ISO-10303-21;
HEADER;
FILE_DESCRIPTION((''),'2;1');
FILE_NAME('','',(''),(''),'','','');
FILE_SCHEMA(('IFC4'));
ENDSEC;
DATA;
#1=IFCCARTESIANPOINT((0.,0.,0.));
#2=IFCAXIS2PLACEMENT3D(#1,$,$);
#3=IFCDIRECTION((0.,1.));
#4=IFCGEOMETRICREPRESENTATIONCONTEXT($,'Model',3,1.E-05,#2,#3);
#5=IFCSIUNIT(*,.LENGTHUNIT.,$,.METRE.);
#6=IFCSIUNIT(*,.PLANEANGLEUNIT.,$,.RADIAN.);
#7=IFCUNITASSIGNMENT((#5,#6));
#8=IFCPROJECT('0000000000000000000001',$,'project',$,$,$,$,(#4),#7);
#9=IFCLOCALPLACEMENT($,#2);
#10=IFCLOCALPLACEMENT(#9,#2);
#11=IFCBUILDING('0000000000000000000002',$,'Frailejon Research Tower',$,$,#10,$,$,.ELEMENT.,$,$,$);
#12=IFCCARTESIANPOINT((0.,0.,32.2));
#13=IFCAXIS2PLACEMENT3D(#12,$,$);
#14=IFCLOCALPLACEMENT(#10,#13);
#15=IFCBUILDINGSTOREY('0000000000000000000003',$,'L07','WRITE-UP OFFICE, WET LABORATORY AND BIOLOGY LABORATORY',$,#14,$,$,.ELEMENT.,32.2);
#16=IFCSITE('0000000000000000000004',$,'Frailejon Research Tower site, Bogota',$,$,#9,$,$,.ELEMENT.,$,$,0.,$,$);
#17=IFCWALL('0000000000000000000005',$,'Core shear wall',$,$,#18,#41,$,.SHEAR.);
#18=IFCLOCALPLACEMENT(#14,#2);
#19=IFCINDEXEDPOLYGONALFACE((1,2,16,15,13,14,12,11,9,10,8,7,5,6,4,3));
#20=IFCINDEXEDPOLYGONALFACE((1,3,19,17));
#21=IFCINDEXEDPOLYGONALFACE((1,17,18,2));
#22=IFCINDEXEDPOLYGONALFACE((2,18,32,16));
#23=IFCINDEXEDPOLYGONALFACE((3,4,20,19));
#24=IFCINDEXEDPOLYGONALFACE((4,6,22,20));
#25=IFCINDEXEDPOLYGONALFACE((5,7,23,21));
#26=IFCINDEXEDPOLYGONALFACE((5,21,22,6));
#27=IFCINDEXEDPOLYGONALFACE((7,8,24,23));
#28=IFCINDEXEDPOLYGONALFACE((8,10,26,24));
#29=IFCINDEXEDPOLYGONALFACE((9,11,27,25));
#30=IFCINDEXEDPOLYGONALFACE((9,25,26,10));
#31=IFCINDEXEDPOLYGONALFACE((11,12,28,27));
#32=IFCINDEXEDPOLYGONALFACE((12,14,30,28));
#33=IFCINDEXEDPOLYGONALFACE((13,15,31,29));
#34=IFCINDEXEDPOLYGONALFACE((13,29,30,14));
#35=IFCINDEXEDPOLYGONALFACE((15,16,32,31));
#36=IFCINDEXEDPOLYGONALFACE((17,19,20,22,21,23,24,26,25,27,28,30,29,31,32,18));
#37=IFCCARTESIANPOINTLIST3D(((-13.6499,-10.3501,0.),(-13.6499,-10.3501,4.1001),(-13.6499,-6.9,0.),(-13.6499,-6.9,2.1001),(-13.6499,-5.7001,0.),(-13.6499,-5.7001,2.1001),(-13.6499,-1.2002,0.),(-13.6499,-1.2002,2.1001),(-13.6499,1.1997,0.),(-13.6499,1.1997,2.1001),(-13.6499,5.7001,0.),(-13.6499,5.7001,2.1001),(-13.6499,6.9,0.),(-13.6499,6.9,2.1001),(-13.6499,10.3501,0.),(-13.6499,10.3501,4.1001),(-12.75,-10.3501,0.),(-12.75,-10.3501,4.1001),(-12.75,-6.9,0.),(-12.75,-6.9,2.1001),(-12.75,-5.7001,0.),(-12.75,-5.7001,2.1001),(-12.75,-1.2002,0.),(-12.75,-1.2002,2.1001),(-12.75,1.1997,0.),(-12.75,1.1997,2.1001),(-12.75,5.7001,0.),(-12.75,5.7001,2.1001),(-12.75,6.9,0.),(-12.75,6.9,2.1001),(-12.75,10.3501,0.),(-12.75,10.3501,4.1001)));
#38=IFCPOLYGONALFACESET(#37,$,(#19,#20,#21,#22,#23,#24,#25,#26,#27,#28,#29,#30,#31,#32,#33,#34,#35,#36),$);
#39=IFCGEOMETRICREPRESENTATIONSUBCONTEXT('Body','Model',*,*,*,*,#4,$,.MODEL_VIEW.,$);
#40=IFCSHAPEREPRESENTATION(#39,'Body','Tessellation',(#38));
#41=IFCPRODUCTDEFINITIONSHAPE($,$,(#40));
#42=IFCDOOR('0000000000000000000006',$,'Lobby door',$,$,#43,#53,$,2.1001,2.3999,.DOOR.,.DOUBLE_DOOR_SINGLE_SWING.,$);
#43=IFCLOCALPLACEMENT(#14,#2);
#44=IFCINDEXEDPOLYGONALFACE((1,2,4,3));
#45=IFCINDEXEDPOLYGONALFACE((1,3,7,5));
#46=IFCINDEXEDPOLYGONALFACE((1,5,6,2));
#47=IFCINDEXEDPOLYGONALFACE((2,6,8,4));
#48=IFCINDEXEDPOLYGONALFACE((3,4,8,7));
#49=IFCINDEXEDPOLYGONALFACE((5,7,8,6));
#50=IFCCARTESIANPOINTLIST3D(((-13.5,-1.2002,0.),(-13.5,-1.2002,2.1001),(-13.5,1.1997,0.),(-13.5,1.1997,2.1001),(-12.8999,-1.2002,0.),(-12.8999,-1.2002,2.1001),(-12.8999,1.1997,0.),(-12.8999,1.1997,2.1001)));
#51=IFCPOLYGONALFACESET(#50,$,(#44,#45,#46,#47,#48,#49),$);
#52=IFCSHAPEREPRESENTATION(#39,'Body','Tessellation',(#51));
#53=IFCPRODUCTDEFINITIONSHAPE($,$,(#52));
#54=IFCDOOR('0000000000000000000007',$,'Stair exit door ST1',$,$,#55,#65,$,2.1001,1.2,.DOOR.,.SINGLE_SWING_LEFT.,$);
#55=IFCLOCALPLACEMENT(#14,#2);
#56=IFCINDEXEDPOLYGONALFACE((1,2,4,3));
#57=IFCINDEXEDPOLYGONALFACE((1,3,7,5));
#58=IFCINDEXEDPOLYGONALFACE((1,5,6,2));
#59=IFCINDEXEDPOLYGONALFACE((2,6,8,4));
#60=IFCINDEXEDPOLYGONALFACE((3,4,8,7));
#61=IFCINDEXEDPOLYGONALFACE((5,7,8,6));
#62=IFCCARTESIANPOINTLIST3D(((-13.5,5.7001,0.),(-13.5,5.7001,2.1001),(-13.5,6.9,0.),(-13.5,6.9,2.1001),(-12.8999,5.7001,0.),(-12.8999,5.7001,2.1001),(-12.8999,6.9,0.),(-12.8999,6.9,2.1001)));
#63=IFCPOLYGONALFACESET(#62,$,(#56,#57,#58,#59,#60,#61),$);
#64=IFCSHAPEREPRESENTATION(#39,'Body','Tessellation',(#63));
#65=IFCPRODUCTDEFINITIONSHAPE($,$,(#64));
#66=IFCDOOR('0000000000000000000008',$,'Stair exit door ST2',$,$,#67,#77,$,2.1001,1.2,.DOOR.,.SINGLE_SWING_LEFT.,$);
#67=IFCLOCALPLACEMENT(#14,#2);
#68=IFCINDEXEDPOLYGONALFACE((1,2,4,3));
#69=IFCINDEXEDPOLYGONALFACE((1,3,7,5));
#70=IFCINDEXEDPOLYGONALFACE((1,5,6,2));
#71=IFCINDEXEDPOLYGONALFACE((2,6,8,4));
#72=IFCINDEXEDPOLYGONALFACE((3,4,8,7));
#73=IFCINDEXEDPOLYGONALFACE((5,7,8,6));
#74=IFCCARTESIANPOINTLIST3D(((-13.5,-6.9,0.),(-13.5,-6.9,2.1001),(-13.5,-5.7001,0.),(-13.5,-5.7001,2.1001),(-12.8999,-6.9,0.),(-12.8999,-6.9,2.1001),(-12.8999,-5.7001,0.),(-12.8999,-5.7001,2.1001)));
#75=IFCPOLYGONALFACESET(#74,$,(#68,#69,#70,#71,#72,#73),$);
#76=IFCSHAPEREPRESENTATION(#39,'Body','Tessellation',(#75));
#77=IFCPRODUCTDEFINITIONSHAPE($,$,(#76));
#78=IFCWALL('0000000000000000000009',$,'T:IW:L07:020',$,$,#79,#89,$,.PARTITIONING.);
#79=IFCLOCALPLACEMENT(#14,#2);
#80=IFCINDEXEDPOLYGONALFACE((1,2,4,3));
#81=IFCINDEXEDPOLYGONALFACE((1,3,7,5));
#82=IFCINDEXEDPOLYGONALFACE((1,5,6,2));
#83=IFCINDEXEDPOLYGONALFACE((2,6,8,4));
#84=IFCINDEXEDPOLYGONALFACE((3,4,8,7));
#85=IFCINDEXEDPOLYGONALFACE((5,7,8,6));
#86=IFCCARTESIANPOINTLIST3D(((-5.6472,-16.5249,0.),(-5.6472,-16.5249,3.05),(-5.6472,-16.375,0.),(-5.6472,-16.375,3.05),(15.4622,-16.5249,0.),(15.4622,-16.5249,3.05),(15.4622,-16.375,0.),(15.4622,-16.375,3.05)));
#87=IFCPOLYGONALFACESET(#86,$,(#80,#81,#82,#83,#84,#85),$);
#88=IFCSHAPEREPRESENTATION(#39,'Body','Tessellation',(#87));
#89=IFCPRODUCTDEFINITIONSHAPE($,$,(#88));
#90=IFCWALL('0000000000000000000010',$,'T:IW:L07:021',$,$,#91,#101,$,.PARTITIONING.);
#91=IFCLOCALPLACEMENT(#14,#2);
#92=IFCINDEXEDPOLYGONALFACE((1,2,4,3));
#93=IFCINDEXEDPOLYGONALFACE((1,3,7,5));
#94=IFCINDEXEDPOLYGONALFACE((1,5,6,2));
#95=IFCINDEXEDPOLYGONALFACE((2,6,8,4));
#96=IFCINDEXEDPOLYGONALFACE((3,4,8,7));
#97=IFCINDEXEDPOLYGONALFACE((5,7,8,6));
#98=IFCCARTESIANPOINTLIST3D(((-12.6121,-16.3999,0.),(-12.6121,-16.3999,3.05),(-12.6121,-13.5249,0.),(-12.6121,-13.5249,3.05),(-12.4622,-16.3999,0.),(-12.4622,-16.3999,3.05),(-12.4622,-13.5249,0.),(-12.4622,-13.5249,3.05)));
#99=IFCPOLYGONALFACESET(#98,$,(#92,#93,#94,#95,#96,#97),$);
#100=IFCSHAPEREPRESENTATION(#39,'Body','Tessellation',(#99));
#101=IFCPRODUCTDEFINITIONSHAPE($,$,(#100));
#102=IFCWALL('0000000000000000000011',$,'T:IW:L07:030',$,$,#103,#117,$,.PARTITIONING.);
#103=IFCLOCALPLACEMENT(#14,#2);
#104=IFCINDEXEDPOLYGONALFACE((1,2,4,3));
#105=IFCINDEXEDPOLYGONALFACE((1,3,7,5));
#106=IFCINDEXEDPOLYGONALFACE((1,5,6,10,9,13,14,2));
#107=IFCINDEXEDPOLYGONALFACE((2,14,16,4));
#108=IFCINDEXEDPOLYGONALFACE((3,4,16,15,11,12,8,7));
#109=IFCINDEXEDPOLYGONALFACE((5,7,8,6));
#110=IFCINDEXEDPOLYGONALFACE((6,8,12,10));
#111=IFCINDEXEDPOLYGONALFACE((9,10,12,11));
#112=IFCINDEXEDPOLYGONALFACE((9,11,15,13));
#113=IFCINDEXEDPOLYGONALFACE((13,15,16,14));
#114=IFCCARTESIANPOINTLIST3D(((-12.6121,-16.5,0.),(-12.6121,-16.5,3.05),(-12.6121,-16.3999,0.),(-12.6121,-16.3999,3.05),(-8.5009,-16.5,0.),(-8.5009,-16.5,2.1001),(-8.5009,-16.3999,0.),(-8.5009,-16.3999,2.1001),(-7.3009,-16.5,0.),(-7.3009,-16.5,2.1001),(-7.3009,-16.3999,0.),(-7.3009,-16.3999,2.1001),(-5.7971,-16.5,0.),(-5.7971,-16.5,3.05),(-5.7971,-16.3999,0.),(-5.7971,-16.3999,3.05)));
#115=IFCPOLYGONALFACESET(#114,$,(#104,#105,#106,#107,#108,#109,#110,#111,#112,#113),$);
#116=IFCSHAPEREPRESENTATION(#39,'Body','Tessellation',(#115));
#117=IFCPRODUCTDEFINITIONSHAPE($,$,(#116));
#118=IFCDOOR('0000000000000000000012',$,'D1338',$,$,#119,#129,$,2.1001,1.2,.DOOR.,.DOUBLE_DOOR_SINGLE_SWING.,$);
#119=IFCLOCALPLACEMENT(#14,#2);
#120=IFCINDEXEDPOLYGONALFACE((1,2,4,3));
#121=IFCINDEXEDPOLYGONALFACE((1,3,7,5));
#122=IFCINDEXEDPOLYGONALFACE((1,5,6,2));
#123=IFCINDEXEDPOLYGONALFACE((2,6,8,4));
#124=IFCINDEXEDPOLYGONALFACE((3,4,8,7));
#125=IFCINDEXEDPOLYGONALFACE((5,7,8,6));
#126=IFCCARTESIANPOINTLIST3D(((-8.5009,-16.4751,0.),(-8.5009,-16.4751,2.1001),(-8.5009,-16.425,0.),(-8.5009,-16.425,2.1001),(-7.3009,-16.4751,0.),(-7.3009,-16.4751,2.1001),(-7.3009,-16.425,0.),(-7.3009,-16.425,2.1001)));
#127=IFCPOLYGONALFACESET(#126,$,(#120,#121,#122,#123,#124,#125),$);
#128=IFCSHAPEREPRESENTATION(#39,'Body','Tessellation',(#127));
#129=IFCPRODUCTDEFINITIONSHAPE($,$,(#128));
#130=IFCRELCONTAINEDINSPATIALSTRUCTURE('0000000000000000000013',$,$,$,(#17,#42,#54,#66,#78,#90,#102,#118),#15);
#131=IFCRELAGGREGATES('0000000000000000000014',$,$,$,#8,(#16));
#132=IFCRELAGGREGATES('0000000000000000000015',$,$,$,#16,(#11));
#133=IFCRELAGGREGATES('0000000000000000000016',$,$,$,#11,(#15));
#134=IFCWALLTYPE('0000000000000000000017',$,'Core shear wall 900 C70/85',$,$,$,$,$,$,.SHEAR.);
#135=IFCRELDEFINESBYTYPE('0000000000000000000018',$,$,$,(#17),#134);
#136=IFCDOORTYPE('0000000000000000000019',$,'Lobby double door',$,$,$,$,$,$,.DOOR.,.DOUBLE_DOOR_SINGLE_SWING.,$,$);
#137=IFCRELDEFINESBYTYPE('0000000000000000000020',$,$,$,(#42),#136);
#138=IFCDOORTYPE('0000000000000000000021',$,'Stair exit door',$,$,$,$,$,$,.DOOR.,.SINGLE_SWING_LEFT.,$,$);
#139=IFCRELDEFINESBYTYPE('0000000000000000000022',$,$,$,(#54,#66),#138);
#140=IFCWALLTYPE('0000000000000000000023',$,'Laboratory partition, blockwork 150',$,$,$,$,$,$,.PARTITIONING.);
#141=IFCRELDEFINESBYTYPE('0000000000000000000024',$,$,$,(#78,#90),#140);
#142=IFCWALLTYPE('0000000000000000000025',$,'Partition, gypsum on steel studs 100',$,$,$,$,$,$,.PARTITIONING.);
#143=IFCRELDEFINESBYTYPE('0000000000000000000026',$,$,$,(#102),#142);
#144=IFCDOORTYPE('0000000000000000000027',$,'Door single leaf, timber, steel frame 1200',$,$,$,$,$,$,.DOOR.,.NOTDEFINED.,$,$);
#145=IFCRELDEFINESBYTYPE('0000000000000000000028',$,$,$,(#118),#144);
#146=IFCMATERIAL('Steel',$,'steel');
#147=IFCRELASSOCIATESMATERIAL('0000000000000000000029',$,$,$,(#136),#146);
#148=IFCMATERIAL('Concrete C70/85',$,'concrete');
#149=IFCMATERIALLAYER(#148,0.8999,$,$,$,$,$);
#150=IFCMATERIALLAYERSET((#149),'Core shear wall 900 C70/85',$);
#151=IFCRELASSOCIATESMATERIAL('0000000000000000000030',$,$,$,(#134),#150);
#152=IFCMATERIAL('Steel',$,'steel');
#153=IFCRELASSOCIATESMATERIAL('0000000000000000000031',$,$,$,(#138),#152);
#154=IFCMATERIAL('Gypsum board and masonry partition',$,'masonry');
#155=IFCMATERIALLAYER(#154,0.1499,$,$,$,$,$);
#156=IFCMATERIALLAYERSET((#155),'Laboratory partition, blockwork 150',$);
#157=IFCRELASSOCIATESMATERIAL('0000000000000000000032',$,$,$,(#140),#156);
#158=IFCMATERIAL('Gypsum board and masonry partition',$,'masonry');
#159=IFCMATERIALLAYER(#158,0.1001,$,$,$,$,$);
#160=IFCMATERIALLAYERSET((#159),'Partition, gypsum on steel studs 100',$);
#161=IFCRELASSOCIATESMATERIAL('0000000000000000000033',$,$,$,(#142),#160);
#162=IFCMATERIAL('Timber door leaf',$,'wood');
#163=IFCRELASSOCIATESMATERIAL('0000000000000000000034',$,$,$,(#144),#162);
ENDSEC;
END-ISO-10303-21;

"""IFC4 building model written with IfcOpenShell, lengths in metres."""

from ifc_helpers import new_model, si_unit, direction, frame, frame_2d, origin, place, context, subcontext, project, spatial, rectangle, extrude, material, layer, layer_set, type_object, element, fill, save


model = new_model("IFC4")

# Units and contexts
model_context = context("Model", 3, precision=1e-05, world=origin(), true_north=direction((0.0, 1.0)))
body_context = subcontext(model_context, "Body", "Model", "MODEL_VIEW")
ifc_project = project(units=[si_unit("LENGTHUNIT", "METRE"), si_unit("PLANEANGLEUNIT", "RADIAN")], contexts=[model_context])

# Site, building, storey
site_placement = place(None, origin())
site = spatial("IfcSite", under=ifc_project, at=site_placement, Name="Frailejon Research Tower site, Bogota", CompositionType="ELEMENT", RefElevation=0.0)
building_placement = place(site_placement, origin())
building = spatial("IfcBuilding", under=site, at=building_placement, Name="Frailejon Research Tower", CompositionType="ELEMENT")
storey_placement = place(building_placement, frame((0.0, 0.0, 32.2)))
storey = spatial("IfcBuildingStorey", under=building, at=storey_placement, Name="L07", Description="WRITE-UP OFFICE, WET LABORATORY AND BIOLOGY LABORATORY", CompositionType="ELEMENT", Elevation=32.2)

# Shared definitions
ifc_material_1 = material(Name="Steel", Category="steel")
door_type_1 = type_object("IfcDoorType", Name="Lobby double door", OperationType="DOUBLE_DOOR_SINGLE_SWING", PredefinedType="DOOR", material=ifc_material_1)

# Wall, openings, doors
ifc_material_2 = material(Name="Concrete C70/85", Category="concrete")
ifc_layer_1 = layer(ifc_material_2, 0.8999)
ifc_layer_set_1 = layer_set([ifc_layer_1], Name="Core shear wall 900 C70/85")
wall_type_1 = type_object("IfcWallType", Name="Core shear wall 900 C70/85", PredefinedType="SHEAR", material=ifc_layer_set_1)
wall_1_placement = place(storey_placement, frame((-13.2, -10.3501, 0.0), z_axis=(0.0, 0.0, 1.0), x_axis=(0.0, 1.0, 0.0)))
wall_1 = element("IfcWall", 1, at=wall_1_placement, inside=storey, type_object=wall_type_1, Name="Core shear wall", PredefinedType="SHEAR", context=body_context, shape_type="SweptSolid", body=[
    extrude(rectangle(XDim=20.7002, YDim=0.8999, at=frame_2d((10.3501, 0.0))), origin(), (0.0, 0.0, 1.0), 4.1001),
])
opening_1_placement = place(wall_1_placement, frame((9.1499, 0.0, 0.0)))
opening_1 = element("IfcOpeningElement", 2, at=opening_1_placement, cuts=wall_1, PredefinedType="OPENING", context=body_context, shape_type="SweptSolid", body=[
    extrude(rectangle(XDim=2.3999, YDim=2.1001, at=frame_2d((1.2, 1.05))), frame((0.0, 0.46, 0.0), z_axis=(0.0, -1.0, 0.0), x_axis=(1.0, 0.0, 0.0)), (0.0, 0.0, 1.0), 0.9199),
])
opening_2_placement = place(wall_1_placement, frame((16.05, 0.0, 0.0)))
opening_2 = element("IfcOpeningElement", 3, at=opening_2_placement, cuts=wall_1, PredefinedType="OPENING", context=body_context, shape_type="SweptSolid", body=[
    extrude(rectangle(XDim=1.2, YDim=2.1001, at=frame_2d((0.6001, 1.05))), frame((0.0, 0.46, 0.0), z_axis=(0.0, -1.0, 0.0), x_axis=(1.0, 0.0, 0.0)), (0.0, 0.0, 1.0), 0.9199),
])
opening_3_placement = place(wall_1_placement, frame((3.45, 0.0, 0.0)))
opening_3 = element("IfcOpeningElement", 4, at=opening_3_placement, cuts=wall_1, PredefinedType="OPENING", context=body_context, shape_type="SweptSolid", body=[
    extrude(rectangle(XDim=1.2, YDim=2.1001, at=frame_2d((0.6001, 1.05))), frame((0.0, 0.46, 0.0), z_axis=(0.0, -1.0, 0.0), x_axis=(1.0, 0.0, 0.0)), (0.0, 0.0, 1.0), 0.9199),
])
door_1_placement = place(opening_1_placement, origin())
door_1 = element("IfcDoor", 5, at=door_1_placement, inside=storey, type_object=door_type_1, Name="Lobby door", OperationType="DOUBLE_DOOR_SINGLE_SWING", OverallHeight=2.1001, OverallWidth=2.3999, PredefinedType="DOOR", context=body_context, shape_type="SweptSolid", body=[
    extrude(rectangle(XDim=2.3999, YDim=2.1001, at=frame_2d((1.2, 1.05))), frame((0.0, 0.3, 0.0), z_axis=(0.0, -1.0, 0.0), x_axis=(1.0, 0.0, 0.0)), (0.0, 0.0, 1.0), 0.6001),
])
fill(opening_1, door_1)
ifc_material_3 = material(Name="Steel", Category="steel")
door_type_2 = type_object("IfcDoorType", Name="Stair exit door", OperationType="SINGLE_SWING_LEFT", PredefinedType="DOOR", material=ifc_material_3)
door_2_placement = place(opening_2_placement, origin())
door_2 = element("IfcDoor", 6, at=door_2_placement, inside=storey, type_object=door_type_2, Name="Stair exit door ST1", OperationType="SINGLE_SWING_LEFT", OverallHeight=2.1001, OverallWidth=1.2, PredefinedType="DOOR", context=body_context, shape_type="SweptSolid", body=[
    extrude(rectangle(XDim=1.2, YDim=2.1001, at=frame_2d((0.6001, 1.05))), frame((0.0, 0.3, 0.0), z_axis=(0.0, -1.0, 0.0), x_axis=(1.0, 0.0, 0.0)), (0.0, 0.0, 1.0), 0.6001),
])
fill(opening_2, door_2)
door_3_placement = place(opening_3_placement, origin())
door_3 = element("IfcDoor", 7, at=door_3_placement, inside=storey, type_object=door_type_2, Name="Stair exit door ST2", OperationType="SINGLE_SWING_LEFT", OverallHeight=2.1001, OverallWidth=1.2, PredefinedType="DOOR", context=body_context, shape_type="SweptSolid", body=[
    extrude(rectangle(XDim=1.2, YDim=2.1001, at=frame_2d((0.6001, 1.05))), frame((0.0, 0.3, 0.0), z_axis=(0.0, -1.0, 0.0), x_axis=(1.0, 0.0, 0.0)), (0.0, 0.0, 1.0), 0.6001),
])
fill(opening_3, door_3)

# Walls
ifc_material_4 = material(Name="Gypsum board and masonry partition", Category="masonry")
ifc_layer_2 = layer(ifc_material_4, 0.1499)
ifc_layer_set_2 = layer_set([ifc_layer_2], Name="Laboratory partition, blockwork 150")
wall_type_2 = type_object("IfcWallType", Name="Laboratory partition, blockwork 150", PredefinedType="PARTITIONING", material=ifc_layer_set_2)
wall_2_placement = place(storey_placement, frame((-5.6472, -16.45, 0.0), z_axis=(0.0, 0.0, 1.0), x_axis=(1.0, 0.0, 0.0)))
element("IfcWall", 8, at=wall_2_placement, inside=storey, type_object=wall_type_2, Name="T:IW:L07:020", PredefinedType="PARTITIONING", context=body_context, shape_type="SweptSolid", body=[
    extrude(rectangle(XDim=21.1094, YDim=0.1499, at=frame_2d((10.5547, 0.0))), origin(), (0.0, 0.0, 1.0), 3.05),
])
wall_3_placement = place(storey_placement, frame((-12.5371, -16.3999, 0.0), z_axis=(0.0, 0.0, 1.0), x_axis=(0.0, 1.0, 0.0)))
element("IfcWall", 9, at=wall_3_placement, inside=storey, type_object=wall_type_2, Name="T:IW:L07:021", PredefinedType="PARTITIONING", context=body_context, shape_type="SweptSolid", body=[
    extrude(rectangle(XDim=2.875, YDim=0.1499, at=frame_2d((1.4375, 0.0))), origin(), (0.0, 0.0, 1.0), 3.05),
])

# Wall, opening, door
ifc_material_5 = material(Name="Gypsum board and masonry partition", Category="masonry")
ifc_layer_3 = layer(ifc_material_5, 0.1001)
ifc_layer_set_3 = layer_set([ifc_layer_3], Name="Partition, gypsum on steel studs 100")
wall_type_3 = type_object("IfcWallType", Name="Partition, gypsum on steel studs 100", PredefinedType="PARTITIONING", material=ifc_layer_set_3)
wall_4_placement = place(storey_placement, frame((-12.6121, -16.45, 0.0), z_axis=(0.0, 0.0, 1.0), x_axis=(1.0, 0.0, 0.0)))
wall_4 = element("IfcWall", 10, at=wall_4_placement, inside=storey, type_object=wall_type_3, Name="T:IW:L07:030", PredefinedType="PARTITIONING", context=body_context, shape_type="SweptSolid", body=[
    extrude(rectangle(XDim=6.8149, YDim=0.1001, at=frame_2d((3.4075, 0.0))), origin(), (0.0, 0.0, 1.0), 3.05),
])
opening_4_placement = place(wall_4_placement, frame((4.1111, 0.0, 0.0)))
opening_4 = element("IfcOpeningElement", 11, at=opening_4_placement, cuts=wall_4, PredefinedType="OPENING", context=body_context, shape_type="SweptSolid", body=[
    extrude(rectangle(XDim=1.2, YDim=2.1001, at=frame_2d((0.6001, 1.05))), frame((0.0, 0.0601, 0.0), z_axis=(0.0, -1.0, 0.0), x_axis=(1.0, 0.0, 0.0)), (0.0, 0.0, 1.0), 0.1201),
])
ifc_material_6 = material(Name="Timber door leaf", Category="wood")
door_type_3 = type_object("IfcDoorType", Name="Door single leaf, timber, steel frame 1200", OperationType="NOTDEFINED", PredefinedType="DOOR", material=ifc_material_6)
door_4_placement = place(opening_4_placement, origin())
door_4 = element("IfcDoor", 12, at=door_4_placement, inside=storey, type_object=door_type_3, Name="D1338", OperationType="DOUBLE_DOOR_SINGLE_SWING", OverallHeight=2.1001, OverallWidth=1.2, PredefinedType="DOOR", context=body_context, shape_type="SweptSolid", body=[
    extrude(rectangle(XDim=1.2, YDim=2.1001, at=frame_2d((0.6001, 1.05))), frame((0.0, 0.0249, 0.0), z_axis=(0.0, -1.0, 0.0), x_axis=(1.0, 0.0, 0.0)), (0.0, 0.0, 1.0), 0.05),
])
fill(opening_4, door_4)

save(model, "model.ifc")
